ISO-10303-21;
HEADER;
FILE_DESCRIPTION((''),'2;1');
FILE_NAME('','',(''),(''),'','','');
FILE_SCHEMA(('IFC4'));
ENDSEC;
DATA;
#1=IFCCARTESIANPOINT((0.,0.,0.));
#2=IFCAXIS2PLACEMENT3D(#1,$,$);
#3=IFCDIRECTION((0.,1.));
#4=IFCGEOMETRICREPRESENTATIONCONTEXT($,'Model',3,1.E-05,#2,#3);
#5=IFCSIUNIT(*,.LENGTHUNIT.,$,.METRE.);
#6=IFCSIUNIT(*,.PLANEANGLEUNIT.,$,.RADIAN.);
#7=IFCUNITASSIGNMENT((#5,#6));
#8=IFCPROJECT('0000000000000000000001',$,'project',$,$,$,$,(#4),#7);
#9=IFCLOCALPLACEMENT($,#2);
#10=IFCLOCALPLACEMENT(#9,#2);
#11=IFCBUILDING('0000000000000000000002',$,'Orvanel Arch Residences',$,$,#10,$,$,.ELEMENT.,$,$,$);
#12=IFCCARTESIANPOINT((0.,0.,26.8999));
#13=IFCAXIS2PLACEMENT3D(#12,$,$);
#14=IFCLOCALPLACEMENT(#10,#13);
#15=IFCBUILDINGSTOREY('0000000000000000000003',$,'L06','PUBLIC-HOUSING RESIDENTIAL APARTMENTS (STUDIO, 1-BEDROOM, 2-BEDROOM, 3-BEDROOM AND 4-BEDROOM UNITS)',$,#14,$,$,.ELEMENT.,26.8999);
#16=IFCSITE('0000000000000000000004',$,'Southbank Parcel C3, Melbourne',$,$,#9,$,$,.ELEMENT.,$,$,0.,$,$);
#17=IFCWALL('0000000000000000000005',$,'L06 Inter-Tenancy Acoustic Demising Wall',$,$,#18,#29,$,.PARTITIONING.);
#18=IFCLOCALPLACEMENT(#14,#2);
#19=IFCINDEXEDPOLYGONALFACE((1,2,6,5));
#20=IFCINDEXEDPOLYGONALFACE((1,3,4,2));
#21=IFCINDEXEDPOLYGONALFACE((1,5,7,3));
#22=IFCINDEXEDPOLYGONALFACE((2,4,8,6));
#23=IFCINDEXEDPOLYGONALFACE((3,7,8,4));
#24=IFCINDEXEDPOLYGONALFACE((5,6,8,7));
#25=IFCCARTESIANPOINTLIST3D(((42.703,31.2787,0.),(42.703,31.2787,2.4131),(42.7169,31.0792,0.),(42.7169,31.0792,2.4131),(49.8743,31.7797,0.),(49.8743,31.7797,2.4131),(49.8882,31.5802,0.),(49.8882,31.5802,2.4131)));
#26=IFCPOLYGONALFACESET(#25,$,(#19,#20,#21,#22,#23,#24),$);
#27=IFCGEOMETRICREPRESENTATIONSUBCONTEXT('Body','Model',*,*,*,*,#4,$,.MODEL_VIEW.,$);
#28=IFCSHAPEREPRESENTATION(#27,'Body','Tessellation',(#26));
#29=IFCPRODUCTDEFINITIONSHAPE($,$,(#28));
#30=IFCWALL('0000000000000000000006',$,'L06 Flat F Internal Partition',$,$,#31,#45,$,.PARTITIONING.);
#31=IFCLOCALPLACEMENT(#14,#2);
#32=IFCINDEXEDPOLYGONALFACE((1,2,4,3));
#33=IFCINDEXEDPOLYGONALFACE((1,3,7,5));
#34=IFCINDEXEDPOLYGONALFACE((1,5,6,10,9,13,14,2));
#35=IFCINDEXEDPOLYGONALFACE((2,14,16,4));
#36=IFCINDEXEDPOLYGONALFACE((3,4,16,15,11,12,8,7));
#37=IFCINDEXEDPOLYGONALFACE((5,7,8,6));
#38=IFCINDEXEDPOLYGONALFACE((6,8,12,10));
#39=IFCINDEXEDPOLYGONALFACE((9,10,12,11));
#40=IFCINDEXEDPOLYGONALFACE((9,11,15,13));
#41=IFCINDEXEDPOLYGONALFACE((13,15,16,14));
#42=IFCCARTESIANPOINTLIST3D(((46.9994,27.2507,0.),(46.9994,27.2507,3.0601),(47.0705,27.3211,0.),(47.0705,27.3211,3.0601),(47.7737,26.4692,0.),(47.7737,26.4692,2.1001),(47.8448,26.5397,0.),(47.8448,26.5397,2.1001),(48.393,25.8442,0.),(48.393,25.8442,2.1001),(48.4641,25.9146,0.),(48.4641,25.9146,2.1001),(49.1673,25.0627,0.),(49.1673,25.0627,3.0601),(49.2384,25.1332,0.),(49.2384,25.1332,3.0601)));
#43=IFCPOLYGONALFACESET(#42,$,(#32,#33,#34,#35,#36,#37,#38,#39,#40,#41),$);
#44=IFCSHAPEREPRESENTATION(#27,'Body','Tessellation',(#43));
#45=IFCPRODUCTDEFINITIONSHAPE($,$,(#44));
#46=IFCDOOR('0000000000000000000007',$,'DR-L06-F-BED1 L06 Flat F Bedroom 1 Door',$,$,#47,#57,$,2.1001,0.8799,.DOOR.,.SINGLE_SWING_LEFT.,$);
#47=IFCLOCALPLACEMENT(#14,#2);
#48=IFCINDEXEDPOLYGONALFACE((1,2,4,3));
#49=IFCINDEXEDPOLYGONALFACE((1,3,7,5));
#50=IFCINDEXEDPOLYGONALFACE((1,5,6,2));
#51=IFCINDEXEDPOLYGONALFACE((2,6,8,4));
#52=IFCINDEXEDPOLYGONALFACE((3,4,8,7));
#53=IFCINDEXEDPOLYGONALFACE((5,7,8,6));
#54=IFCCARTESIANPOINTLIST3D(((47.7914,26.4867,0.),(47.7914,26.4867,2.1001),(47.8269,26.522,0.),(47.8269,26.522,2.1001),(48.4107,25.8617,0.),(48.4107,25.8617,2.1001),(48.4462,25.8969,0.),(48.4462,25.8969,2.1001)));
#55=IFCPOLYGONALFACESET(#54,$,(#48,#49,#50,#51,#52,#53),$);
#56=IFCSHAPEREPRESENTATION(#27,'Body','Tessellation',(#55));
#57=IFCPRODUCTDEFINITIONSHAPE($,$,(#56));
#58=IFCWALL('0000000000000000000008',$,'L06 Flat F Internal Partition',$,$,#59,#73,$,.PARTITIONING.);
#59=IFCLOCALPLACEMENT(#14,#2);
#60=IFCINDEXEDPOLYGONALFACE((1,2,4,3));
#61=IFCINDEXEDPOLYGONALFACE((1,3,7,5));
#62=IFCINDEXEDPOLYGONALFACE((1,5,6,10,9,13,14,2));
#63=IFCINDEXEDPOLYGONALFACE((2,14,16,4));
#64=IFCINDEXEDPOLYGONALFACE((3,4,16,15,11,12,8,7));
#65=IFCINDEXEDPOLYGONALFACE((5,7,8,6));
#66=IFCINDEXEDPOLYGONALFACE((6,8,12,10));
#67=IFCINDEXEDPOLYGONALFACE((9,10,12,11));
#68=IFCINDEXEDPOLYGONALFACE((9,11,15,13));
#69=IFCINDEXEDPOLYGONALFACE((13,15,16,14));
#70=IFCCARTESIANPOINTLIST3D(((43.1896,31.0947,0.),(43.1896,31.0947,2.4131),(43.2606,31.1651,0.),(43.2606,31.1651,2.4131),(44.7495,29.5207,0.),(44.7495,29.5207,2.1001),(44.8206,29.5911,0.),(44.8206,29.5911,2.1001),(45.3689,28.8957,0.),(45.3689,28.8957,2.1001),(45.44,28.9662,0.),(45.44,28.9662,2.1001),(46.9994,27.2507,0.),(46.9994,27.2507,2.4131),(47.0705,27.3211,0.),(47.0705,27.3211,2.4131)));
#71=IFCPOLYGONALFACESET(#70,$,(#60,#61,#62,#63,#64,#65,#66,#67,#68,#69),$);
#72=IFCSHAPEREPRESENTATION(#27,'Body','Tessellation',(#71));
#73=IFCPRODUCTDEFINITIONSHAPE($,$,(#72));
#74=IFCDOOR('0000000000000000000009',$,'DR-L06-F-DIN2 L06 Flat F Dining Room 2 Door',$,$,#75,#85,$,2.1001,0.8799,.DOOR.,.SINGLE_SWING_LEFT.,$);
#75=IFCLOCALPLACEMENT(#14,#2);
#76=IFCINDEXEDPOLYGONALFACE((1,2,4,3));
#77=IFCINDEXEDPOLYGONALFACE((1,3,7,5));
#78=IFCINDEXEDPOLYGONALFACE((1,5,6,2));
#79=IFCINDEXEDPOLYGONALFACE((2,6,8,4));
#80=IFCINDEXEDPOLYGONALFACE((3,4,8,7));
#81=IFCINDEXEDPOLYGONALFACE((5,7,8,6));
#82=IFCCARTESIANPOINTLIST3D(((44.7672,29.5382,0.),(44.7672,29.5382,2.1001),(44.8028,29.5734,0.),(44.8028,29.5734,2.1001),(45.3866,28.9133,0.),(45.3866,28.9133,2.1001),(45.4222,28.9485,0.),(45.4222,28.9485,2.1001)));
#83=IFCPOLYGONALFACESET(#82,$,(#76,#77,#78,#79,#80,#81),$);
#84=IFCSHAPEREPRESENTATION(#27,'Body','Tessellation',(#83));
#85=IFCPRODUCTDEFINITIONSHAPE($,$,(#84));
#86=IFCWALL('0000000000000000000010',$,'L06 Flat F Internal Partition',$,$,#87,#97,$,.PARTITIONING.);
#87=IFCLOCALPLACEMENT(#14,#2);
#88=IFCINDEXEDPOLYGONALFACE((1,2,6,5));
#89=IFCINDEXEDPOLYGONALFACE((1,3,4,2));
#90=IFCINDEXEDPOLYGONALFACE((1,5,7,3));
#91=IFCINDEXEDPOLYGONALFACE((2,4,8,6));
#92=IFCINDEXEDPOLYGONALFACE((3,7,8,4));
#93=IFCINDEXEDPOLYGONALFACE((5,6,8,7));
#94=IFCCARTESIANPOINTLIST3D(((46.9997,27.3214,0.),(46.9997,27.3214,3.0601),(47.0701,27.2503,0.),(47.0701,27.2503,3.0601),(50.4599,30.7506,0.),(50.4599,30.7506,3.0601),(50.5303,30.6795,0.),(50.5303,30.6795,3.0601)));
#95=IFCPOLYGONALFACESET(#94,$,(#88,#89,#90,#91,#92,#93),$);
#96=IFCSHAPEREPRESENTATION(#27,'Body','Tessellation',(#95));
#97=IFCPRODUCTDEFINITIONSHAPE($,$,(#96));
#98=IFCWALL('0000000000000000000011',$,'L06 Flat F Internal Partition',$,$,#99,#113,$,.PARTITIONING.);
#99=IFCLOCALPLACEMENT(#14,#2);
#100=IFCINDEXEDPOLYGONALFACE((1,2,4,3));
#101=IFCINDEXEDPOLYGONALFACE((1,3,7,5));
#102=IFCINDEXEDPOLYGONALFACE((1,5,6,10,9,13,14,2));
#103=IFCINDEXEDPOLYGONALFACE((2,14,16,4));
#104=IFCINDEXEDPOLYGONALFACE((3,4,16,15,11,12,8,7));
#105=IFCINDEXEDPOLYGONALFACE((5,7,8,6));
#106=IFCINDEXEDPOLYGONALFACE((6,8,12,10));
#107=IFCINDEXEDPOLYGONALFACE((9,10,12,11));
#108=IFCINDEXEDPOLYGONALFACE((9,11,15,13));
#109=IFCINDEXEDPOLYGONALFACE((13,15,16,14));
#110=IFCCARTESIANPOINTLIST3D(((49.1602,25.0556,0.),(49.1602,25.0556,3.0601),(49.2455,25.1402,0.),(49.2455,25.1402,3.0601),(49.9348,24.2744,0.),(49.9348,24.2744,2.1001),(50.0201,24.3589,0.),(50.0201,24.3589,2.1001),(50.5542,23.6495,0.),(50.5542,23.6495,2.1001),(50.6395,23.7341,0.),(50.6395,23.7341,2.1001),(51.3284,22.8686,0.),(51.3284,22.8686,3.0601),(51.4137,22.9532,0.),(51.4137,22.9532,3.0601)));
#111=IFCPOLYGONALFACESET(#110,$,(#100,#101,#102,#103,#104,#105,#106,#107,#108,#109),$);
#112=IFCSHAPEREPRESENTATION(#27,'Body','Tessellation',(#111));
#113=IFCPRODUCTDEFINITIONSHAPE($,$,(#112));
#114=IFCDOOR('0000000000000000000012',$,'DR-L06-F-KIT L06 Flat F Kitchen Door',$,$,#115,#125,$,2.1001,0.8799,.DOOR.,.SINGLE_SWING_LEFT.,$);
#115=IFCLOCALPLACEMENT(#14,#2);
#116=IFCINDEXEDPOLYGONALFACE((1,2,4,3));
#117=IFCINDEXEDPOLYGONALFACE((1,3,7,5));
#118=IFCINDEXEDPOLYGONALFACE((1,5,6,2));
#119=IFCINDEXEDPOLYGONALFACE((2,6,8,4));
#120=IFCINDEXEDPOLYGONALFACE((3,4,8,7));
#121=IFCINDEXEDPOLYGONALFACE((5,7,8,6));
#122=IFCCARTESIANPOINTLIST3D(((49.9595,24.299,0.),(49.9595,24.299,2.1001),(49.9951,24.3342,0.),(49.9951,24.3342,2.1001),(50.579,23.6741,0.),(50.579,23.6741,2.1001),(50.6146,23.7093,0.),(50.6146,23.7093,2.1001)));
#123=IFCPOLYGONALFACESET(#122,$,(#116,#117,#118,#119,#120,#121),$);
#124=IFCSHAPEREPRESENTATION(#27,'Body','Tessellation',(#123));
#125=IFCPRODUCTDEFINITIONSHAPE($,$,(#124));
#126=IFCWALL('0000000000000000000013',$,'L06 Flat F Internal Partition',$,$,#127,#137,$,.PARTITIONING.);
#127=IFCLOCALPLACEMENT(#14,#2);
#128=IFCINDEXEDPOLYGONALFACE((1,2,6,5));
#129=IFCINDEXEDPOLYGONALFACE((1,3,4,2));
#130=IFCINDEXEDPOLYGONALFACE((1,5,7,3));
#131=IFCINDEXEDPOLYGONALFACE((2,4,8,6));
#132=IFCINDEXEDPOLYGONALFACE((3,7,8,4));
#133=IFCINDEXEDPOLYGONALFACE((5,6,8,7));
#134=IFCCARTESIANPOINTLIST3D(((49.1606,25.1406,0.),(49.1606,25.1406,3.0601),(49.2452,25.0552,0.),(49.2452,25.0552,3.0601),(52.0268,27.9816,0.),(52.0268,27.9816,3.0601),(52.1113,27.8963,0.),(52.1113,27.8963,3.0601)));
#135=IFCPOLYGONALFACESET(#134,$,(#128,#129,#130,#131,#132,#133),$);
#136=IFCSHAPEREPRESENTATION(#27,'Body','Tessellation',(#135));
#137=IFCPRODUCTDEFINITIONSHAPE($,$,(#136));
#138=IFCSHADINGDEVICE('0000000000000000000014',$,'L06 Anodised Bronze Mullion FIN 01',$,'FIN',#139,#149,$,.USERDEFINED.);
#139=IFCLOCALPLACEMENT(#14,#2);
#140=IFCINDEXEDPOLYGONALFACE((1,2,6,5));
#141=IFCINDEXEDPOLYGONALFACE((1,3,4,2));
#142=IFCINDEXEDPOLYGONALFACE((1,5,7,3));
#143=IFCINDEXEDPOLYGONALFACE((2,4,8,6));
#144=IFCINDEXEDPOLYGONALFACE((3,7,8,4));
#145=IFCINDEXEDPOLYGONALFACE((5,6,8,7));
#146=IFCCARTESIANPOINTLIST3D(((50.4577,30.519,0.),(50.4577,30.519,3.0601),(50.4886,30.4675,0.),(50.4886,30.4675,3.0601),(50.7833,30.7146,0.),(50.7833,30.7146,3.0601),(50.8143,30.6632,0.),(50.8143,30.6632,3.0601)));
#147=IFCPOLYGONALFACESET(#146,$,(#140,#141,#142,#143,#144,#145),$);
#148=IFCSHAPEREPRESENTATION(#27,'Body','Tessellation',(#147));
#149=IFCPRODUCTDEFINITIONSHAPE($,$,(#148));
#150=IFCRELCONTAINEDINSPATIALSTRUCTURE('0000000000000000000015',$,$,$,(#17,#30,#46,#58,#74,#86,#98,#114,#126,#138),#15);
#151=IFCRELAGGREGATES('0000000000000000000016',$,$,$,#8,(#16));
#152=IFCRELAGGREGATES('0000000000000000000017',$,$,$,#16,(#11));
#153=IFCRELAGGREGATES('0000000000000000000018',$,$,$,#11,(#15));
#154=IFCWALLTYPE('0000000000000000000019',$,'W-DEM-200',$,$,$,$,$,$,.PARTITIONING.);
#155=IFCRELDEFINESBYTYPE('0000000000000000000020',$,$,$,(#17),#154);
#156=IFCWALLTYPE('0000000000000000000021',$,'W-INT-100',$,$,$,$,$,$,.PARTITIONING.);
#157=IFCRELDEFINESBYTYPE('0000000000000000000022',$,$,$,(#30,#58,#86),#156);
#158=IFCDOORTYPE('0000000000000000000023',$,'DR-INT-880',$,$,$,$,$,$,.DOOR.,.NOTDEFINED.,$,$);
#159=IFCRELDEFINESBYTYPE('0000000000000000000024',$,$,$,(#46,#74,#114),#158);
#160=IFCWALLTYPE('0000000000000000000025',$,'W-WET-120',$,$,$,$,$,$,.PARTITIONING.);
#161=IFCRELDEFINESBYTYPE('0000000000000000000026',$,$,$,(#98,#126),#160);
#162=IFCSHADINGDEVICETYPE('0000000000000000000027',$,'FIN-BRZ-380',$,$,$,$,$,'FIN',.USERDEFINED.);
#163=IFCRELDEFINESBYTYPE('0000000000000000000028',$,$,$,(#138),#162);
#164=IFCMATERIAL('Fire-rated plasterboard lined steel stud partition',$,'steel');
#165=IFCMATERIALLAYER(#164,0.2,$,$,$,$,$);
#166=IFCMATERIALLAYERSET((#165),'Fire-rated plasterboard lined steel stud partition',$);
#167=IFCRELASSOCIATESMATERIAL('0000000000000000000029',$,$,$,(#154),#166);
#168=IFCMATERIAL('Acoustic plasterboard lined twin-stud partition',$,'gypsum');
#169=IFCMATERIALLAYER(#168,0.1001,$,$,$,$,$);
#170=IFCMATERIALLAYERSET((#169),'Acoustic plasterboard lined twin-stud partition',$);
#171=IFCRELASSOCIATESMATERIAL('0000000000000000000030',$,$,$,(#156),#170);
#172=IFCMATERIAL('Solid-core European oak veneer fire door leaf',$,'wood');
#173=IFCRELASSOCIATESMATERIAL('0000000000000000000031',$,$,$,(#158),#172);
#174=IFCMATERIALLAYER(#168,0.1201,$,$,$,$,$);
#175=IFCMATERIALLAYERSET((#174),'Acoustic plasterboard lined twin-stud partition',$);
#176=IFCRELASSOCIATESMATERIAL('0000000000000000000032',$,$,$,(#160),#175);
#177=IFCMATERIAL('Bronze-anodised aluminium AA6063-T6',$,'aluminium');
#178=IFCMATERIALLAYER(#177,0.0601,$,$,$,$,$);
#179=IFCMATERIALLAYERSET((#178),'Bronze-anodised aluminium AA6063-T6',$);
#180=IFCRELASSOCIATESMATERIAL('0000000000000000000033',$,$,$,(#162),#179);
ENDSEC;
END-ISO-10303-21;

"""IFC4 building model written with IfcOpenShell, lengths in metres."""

from ifc_helpers import new_model, si_unit, direction, frame, frame_2d, origin, origin_2d, place, context, subcontext, project, spatial, rectangle, extrude, material, layer, layer_set, type_object, element, fill, save


model = new_model("IFC4")

# Units and contexts
model_context = context("Model", 3, precision=1e-05, world=origin(), true_north=direction((0.0, 1.0)))
body_context = subcontext(model_context, "Body", "Model", "MODEL_VIEW")
ifc_project = project(units=[si_unit("LENGTHUNIT", "METRE"), si_unit("PLANEANGLEUNIT", "RADIAN")], contexts=[model_context])

# Site, building, storey
site_placement = place(None, origin())
site = spatial("IfcSite", under=ifc_project, at=site_placement, Name="Southbank Parcel C3, Melbourne", CompositionType="ELEMENT", RefElevation=0.0)
building_placement = place(site_placement, origin())
building = spatial("IfcBuilding", under=site, at=building_placement, Name="Orvanel Arch Residences", CompositionType="ELEMENT")
storey_placement = place(building_placement, frame((0.0, 0.0, 26.8999)))
storey = spatial("IfcBuildingStorey", under=building, at=storey_placement, Name="L06", Description="PUBLIC-HOUSING RESIDENTIAL APARTMENTS (STUDIO, 1-BEDROOM, 2-BEDROOM, 3-BEDROOM AND 4-BEDROOM UNITS)", CompositionType="ELEMENT", Elevation=26.8999)

# Shared definitions
ifc_material_1 = material(Name="Bronze-anodised aluminium AA6063-T6", Category="aluminium")

# Wall
ifc_material_2 = material(Name="Fire-rated plasterboard lined steel stud partition", Category="steel")
ifc_layer_1 = layer(ifc_material_2, 0.2)
ifc_layer_set_1 = layer_set([ifc_layer_1], Name="Fire-rated plasterboard lined steel stud partition")
wall_type_1 = type_object("IfcWallType", Name="W-DEM-200", PredefinedType="PARTITIONING", material=ifc_layer_set_1)
wall_1_placement = place(storey_placement, frame((49.8811, 31.6799, 0.0), z_axis=(0.0, 0.0, 1.0), x_axis=(-0.997569, -0.06969, 0.0)))
element("IfcWall", 1, at=wall_1_placement, inside=storey, type_object=wall_type_1, Name="L06 Inter-Tenancy Acoustic Demising Wall", PredefinedType="PARTITIONING", context=body_context, shape_type="SweptSolid", body=[
    extrude(rectangle(XDim=7.1887, YDim=0.2, at=frame_2d((3.5942, 0.0))), origin(), (0.0, 0.0, 1.0), 2.4131),
])

# Walls, openings, doors
ifc_material_3 = material(Name="Acoustic plasterboard lined twin-stud partition", Category="gypsum")
ifc_layer_2 = layer(ifc_material_3, 0.1001)
ifc_layer_set_2 = layer_set([ifc_layer_2], Name="Acoustic plasterboard lined twin-stud partition")
wall_type_2 = type_object("IfcWallType", Name="W-INT-100", PredefinedType="PARTITIONING", material=ifc_layer_set_2)
wall_2_placement = place(storey_placement, frame((47.0349, 27.2859, 0.0), z_axis=(0.0, 0.0, 1.0), x_axis=(0.70385, -0.710349, 0.0)))
wall_2 = element("IfcWall", 2, at=wall_2_placement, inside=storey, type_object=wall_type_2, Name="L06 Flat F Internal Partition", PredefinedType="PARTITIONING", context=body_context, shape_type="SweptSolid", body=[
    extrude(rectangle(XDim=3.0801, YDim=0.1001, at=frame_2d((1.54, 0.0))), origin(), (0.0, 0.0, 1.0), 3.0601),
])
opening_1_placement = place(wall_2_placement, frame((1.1001, 0.0, 0.0)))
opening_1 = element("IfcOpeningElement", 3, at=opening_1_placement, cuts=wall_2, PredefinedType="OPENING", context=body_context, shape_type="SweptSolid", body=[
    extrude(rectangle(XDim=0.8799, YDim=2.1001, at=frame_2d((0.4399, 1.05))), frame((0.0, 0.0601, 0.0), z_axis=(0.0, -1.0, 0.0), x_axis=(1.0, 0.0, 0.0)), (0.0, 0.0, 1.0), 0.1201),
])
ifc_material_4 = material(Name="Solid-core European oak veneer fire door leaf", Category="wood")
door_type = type_object("IfcDoorType", Name="DR-INT-880", OperationType="NOTDEFINED", PredefinedType="DOOR", material=ifc_material_4)
door_1_placement = place(opening_1_placement, origin())
door_1 = element("IfcDoor", 4, at=door_1_placement, inside=storey, type_object=door_type, Name="DR-L06-F-BED1 L06 Flat F Bedroom 1 Door", OperationType="SINGLE_SWING_LEFT", OverallHeight=2.1001, OverallWidth=0.8799, PredefinedType="DOOR", context=body_context, shape_type="SweptSolid", body=[
    extrude(rectangle(XDim=0.8799, YDim=2.1001, at=frame_2d((0.4399, 1.05))), frame((0.0, 0.0249, 0.0), z_axis=(0.0, -1.0, 0.0), x_axis=(1.0, 0.0, 0.0)), (0.0, 0.0, 1.0), 0.05),
])
fill(opening_1, door_1)
wall_3_placement = place(storey_placement, frame((43.2251, 31.1299, 0.0), z_axis=(0.0, 0.0, 1.0), x_axis=(0.703942, -0.710257, 0.0)))
wall_3 = element("IfcWall", 5, at=wall_3_placement, inside=storey, type_object=wall_type_2, Name="L06 Flat F Internal Partition", PredefinedType="PARTITIONING", context=body_context, shape_type="SweptSolid", body=[
    extrude(rectangle(XDim=5.4121, YDim=0.1001, at=frame_2d((2.7061, 0.0))), origin(), (0.0, 0.0, 1.0), 2.4131),
])
opening_2_placement = place(wall_3_placement, frame((2.2161, 0.0, 0.0)))
opening_2 = element("IfcOpeningElement", 6, at=opening_2_placement, cuts=wall_3, PredefinedType="OPENING", context=body_context, shape_type="SweptSolid", body=[
    extrude(rectangle(XDim=0.8799, YDim=2.1001, at=frame_2d((0.4399, 1.05))), frame((0.0, 0.0601, 0.0), z_axis=(0.0, -1.0, 0.0), x_axis=(1.0, 0.0, 0.0)), (0.0, 0.0, 1.0), 0.1201),
])
door_2_placement = place(opening_2_placement, origin())
door_2 = element("IfcDoor", 7, at=door_2_placement, inside=storey, type_object=door_type, Name="DR-L06-F-DIN2 L06 Flat F Dining Room 2 Door", OperationType="SINGLE_SWING_LEFT", OverallHeight=2.1001, OverallWidth=0.8799, PredefinedType="DOOR", context=body_context, shape_type="SweptSolid", body=[
    extrude(rectangle(XDim=0.8799, YDim=2.1001, at=frame_2d((0.4399, 1.05))), frame((0.0, 0.0249, 0.0), z_axis=(0.0, -1.0, 0.0), x_axis=(1.0, 0.0, 0.0)), (0.0, 0.0, 1.0), 0.05),
])
fill(opening_2, door_2)

# Wall
wall_4_placement = place(storey_placement, frame((47.0349, 27.2859, 0.0), z_axis=(0.0, 0.0, 1.0), x_axis=(0.710282, 0.703917, 0.0)))
element("IfcWall", 8, at=wall_4_placement, inside=storey, type_object=wall_type_2, Name="L06 Flat F Internal Partition", PredefinedType="PARTITIONING", context=body_context, shape_type="SweptSolid", body=[
    extrude(rectangle(XDim=4.8716, YDim=0.1001, at=frame_2d((2.4358, 0.0))), origin(), (0.0, 0.0, 1.0), 3.0601),
])

# Wall, opening, door
ifc_layer_3 = layer(ifc_material_3, 0.1201)
ifc_layer_set_3 = layer_set([ifc_layer_3], Name="Acoustic plasterboard lined twin-stud partition")
wall_type_3 = type_object("IfcWallType", Name="W-WET-120", PredefinedType="PARTITIONING", material=ifc_layer_set_3)
wall_5_placement = place(storey_placement, frame((49.2029, 25.0979, 0.0), z_axis=(0.0, 0.0, 1.0), x_axis=(0.704048, -0.710152, 0.0)))
wall_5 = element("IfcWall", 9, at=wall_5_placement, inside=storey, type_object=wall_type_3, Name="L06 Flat F Internal Partition", PredefinedType="PARTITIONING", context=body_context, shape_type="SweptSolid", body=[
    extrude(rectangle(XDim=3.0796, YDim=0.1201, at=frame_2d((1.5398, 0.0))), origin(), (0.0, 0.0, 1.0), 3.0601),
])
opening_3_placement = place(wall_5_placement, frame((1.1001, 0.0, 0.0)))
opening_3 = element("IfcOpeningElement", 10, at=opening_3_placement, cuts=wall_5, PredefinedType="OPENING", context=body_context, shape_type="SweptSolid", body=[
    extrude(rectangle(XDim=0.8799, YDim=2.1001, at=frame_2d((0.4399, 1.05))), frame((0.0, 0.0701, 0.0), z_axis=(0.0, -1.0, 0.0), x_axis=(1.0, 0.0, 0.0)), (0.0, 0.0, 1.0), 0.1401),
])
door_3_placement = place(opening_3_placement, origin())
door_3 = element("IfcDoor", 11, at=door_3_placement, inside=storey, type_object=door_type, Name="DR-L06-F-KIT L06 Flat F Kitchen Door", OperationType="SINGLE_SWING_LEFT", OverallHeight=2.1001, OverallWidth=0.8799, PredefinedType="DOOR", context=body_context, shape_type="SweptSolid", body=[
    extrude(rectangle(XDim=0.8799, YDim=2.1001, at=frame_2d((0.4399, 1.05))), frame((0.0, 0.0249, 0.0), z_axis=(0.0, -1.0, 0.0), x_axis=(1.0, 0.0, 0.0)), (0.0, 0.0, 1.0), 0.05),
])
fill(opening_3, door_3)

# Wall
wall_6_placement = place(storey_placement, frame((49.2029, 25.0979, 0.0), z_axis=(0.0, 0.0, 1.0), x_axis=(0.710215, 0.703984, 0.0)))
element("IfcWall", 12, at=wall_6_placement, inside=storey, type_object=wall_type_3, Name="L06 Flat F Internal Partition", PredefinedType="PARTITIONING", context=body_context, shape_type="SweptSolid", body=[
    extrude(rectangle(XDim=4.0356, YDim=0.1201, at=frame_2d((2.0178, 0.0))), origin(), (0.0, 0.0, 1.0), 3.0601),
])

# Shading device
ifc_layer_4 = layer(ifc_material_1, 0.0601)
ifc_layer_set_4 = layer_set([ifc_layer_4], Name="Bronze-anodised aluminium AA6063-T6")
shading_device_type = type_object("IfcShadingDeviceType", Name="FIN-BRZ-380", ElementType="FIN", PredefinedType="USERDEFINED", material=ifc_layer_set_4)
shading_device_placement = place(storey_placement, frame((50.636, 30.5911, 0.0), z_axis=(0.0, 0.0, 1.0), x_axis=(0.857167, 0.515038, 0.0)))
element("IfcShadingDevice", 13, at=shading_device_placement, inside=storey, type_object=shading_device_type, Name="L06 Anodised Bronze Mullion FIN 01", ObjectType="FIN", PredefinedType="USERDEFINED", context=body_context, shape_type="SweptSolid", body=[
    extrude(rectangle(XDim=0.3799, YDim=0.0601, at=origin_2d()), origin(), (0.0, 0.0, 1.0), 3.0601),
])

save(model, "model.ifc")
